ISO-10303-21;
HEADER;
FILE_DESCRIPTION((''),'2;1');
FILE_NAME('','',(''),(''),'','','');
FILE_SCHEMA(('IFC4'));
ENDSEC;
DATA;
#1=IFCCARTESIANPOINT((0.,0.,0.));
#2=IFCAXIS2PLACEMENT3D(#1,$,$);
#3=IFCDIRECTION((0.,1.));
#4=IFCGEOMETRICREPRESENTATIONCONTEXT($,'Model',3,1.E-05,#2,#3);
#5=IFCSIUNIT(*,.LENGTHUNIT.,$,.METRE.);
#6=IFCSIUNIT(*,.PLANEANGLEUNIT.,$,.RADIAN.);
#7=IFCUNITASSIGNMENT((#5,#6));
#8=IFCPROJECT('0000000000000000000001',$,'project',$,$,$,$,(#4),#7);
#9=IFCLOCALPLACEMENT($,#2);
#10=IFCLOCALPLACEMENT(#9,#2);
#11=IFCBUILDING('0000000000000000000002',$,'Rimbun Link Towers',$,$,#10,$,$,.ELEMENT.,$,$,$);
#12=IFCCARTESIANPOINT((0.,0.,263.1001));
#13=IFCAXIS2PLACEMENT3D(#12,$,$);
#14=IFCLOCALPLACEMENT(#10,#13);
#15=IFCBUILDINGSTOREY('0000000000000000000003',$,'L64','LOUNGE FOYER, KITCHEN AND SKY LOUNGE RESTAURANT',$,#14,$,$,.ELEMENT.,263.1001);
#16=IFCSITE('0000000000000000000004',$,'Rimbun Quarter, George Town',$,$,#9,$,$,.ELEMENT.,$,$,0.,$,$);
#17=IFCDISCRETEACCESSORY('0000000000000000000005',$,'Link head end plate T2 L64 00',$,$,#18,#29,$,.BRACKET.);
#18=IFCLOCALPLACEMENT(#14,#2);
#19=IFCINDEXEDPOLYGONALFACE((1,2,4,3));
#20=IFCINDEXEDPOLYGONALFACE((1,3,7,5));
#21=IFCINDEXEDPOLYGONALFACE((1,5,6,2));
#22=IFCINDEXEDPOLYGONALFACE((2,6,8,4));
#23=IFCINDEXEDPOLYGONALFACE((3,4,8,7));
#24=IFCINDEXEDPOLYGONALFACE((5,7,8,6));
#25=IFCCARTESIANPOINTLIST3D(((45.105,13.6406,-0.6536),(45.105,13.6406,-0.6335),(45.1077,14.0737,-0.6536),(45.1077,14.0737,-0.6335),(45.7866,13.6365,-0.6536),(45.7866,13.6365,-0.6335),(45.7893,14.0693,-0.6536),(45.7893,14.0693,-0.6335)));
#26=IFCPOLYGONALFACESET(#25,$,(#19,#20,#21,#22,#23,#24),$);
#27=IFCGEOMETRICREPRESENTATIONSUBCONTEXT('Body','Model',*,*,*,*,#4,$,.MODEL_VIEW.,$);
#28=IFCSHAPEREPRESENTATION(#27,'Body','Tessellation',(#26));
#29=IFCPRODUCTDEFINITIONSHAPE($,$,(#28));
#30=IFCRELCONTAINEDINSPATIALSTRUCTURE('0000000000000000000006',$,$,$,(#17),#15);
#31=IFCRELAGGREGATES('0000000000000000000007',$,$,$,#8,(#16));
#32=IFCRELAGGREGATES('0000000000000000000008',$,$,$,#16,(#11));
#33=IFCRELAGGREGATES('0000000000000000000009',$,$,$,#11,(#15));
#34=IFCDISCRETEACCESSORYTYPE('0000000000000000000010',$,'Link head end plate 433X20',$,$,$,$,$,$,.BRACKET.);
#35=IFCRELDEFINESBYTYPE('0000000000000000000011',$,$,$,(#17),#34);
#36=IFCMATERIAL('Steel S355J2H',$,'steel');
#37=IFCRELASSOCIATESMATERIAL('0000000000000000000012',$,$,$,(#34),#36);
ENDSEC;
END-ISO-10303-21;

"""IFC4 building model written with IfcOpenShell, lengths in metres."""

from ifc_helpers import new_model, si_unit, direction, frame, origin, origin_2d, place, context, subcontext, project, spatial, polyline, rectangle, outline, extrude, material, material_profile, profile_set, type_object, element, save


model = new_model("IFC4")

# Units and contexts
model_context = context("Model", 3, precision=1e-05, world=origin(), true_north=direction((0.0, 1.0)))
body_context = subcontext(model_context, "Body", "Model", "MODEL_VIEW")
ifc_project = project(units=[si_unit("LENGTHUNIT", "METRE"), si_unit("PLANEANGLEUNIT", "RADIAN")], contexts=[model_context])

# Site, building, storey
site_placement = place(None, origin())
site = spatial("IfcSite", under=ifc_project, at=site_placement, Name="Rimbun Quarter, George Town", CompositionType="ELEMENT", RefElevation=0.0)
building_placement = place(site_placement, origin())
building = spatial("IfcBuilding", under=site, at=building_placement, Name="Rimbun Link Towers", CompositionType="ELEMENT")
storey_placement = place(building_placement, frame((0.0, 0.0, 263.1001)))
storey = spatial("IfcBuildingStorey", under=building, at=storey_placement, Name="L64", Description="LOUNGE FOYER, KITCHEN AND SKY LOUNGE RESTAURANT", CompositionType="ELEMENT", Elevation=263.1001)

# Discrete accessory
ifc_material_1 = material(Name="Steel S355J2H", Category="steel")
ifc_material_profile_1 = material_profile(ifc_material_1, rectangle(XDim=0.4331, YDim=0.4331, at=origin_2d()), Name="PL 433x433")
ifc_profile_set_1 = profile_set([ifc_material_profile_1], Name="Steel S355J2H")
discrete_accessory_type_1 = type_object("IfcDiscreteAccessoryType", Name="Link head end plate 433X20", PredefinedType="BRACKET", material=ifc_profile_set_1)
discrete_accessory_1_placement = place(storey_placement, frame((0.0, 0.0, -0.6536)))
element("IfcDiscreteAccessory", 1, at=discrete_accessory_1_placement, inside=storey, type_object=discrete_accessory_type_1, Name="Link head end plate T2 L64 00", PredefinedType="BRACKET", context=body_context, shape_type="SweptSolid", body=[
    extrude(outline(polyline([(45.105, 13.6406), (45.7866, 13.6365), (45.7893, 14.0693), (45.1077, 14.0737), (45.105, 13.6406)])), origin(), (0.0, 0.0, 1.0), 0.02),
])

save(model, "model.ifc")
